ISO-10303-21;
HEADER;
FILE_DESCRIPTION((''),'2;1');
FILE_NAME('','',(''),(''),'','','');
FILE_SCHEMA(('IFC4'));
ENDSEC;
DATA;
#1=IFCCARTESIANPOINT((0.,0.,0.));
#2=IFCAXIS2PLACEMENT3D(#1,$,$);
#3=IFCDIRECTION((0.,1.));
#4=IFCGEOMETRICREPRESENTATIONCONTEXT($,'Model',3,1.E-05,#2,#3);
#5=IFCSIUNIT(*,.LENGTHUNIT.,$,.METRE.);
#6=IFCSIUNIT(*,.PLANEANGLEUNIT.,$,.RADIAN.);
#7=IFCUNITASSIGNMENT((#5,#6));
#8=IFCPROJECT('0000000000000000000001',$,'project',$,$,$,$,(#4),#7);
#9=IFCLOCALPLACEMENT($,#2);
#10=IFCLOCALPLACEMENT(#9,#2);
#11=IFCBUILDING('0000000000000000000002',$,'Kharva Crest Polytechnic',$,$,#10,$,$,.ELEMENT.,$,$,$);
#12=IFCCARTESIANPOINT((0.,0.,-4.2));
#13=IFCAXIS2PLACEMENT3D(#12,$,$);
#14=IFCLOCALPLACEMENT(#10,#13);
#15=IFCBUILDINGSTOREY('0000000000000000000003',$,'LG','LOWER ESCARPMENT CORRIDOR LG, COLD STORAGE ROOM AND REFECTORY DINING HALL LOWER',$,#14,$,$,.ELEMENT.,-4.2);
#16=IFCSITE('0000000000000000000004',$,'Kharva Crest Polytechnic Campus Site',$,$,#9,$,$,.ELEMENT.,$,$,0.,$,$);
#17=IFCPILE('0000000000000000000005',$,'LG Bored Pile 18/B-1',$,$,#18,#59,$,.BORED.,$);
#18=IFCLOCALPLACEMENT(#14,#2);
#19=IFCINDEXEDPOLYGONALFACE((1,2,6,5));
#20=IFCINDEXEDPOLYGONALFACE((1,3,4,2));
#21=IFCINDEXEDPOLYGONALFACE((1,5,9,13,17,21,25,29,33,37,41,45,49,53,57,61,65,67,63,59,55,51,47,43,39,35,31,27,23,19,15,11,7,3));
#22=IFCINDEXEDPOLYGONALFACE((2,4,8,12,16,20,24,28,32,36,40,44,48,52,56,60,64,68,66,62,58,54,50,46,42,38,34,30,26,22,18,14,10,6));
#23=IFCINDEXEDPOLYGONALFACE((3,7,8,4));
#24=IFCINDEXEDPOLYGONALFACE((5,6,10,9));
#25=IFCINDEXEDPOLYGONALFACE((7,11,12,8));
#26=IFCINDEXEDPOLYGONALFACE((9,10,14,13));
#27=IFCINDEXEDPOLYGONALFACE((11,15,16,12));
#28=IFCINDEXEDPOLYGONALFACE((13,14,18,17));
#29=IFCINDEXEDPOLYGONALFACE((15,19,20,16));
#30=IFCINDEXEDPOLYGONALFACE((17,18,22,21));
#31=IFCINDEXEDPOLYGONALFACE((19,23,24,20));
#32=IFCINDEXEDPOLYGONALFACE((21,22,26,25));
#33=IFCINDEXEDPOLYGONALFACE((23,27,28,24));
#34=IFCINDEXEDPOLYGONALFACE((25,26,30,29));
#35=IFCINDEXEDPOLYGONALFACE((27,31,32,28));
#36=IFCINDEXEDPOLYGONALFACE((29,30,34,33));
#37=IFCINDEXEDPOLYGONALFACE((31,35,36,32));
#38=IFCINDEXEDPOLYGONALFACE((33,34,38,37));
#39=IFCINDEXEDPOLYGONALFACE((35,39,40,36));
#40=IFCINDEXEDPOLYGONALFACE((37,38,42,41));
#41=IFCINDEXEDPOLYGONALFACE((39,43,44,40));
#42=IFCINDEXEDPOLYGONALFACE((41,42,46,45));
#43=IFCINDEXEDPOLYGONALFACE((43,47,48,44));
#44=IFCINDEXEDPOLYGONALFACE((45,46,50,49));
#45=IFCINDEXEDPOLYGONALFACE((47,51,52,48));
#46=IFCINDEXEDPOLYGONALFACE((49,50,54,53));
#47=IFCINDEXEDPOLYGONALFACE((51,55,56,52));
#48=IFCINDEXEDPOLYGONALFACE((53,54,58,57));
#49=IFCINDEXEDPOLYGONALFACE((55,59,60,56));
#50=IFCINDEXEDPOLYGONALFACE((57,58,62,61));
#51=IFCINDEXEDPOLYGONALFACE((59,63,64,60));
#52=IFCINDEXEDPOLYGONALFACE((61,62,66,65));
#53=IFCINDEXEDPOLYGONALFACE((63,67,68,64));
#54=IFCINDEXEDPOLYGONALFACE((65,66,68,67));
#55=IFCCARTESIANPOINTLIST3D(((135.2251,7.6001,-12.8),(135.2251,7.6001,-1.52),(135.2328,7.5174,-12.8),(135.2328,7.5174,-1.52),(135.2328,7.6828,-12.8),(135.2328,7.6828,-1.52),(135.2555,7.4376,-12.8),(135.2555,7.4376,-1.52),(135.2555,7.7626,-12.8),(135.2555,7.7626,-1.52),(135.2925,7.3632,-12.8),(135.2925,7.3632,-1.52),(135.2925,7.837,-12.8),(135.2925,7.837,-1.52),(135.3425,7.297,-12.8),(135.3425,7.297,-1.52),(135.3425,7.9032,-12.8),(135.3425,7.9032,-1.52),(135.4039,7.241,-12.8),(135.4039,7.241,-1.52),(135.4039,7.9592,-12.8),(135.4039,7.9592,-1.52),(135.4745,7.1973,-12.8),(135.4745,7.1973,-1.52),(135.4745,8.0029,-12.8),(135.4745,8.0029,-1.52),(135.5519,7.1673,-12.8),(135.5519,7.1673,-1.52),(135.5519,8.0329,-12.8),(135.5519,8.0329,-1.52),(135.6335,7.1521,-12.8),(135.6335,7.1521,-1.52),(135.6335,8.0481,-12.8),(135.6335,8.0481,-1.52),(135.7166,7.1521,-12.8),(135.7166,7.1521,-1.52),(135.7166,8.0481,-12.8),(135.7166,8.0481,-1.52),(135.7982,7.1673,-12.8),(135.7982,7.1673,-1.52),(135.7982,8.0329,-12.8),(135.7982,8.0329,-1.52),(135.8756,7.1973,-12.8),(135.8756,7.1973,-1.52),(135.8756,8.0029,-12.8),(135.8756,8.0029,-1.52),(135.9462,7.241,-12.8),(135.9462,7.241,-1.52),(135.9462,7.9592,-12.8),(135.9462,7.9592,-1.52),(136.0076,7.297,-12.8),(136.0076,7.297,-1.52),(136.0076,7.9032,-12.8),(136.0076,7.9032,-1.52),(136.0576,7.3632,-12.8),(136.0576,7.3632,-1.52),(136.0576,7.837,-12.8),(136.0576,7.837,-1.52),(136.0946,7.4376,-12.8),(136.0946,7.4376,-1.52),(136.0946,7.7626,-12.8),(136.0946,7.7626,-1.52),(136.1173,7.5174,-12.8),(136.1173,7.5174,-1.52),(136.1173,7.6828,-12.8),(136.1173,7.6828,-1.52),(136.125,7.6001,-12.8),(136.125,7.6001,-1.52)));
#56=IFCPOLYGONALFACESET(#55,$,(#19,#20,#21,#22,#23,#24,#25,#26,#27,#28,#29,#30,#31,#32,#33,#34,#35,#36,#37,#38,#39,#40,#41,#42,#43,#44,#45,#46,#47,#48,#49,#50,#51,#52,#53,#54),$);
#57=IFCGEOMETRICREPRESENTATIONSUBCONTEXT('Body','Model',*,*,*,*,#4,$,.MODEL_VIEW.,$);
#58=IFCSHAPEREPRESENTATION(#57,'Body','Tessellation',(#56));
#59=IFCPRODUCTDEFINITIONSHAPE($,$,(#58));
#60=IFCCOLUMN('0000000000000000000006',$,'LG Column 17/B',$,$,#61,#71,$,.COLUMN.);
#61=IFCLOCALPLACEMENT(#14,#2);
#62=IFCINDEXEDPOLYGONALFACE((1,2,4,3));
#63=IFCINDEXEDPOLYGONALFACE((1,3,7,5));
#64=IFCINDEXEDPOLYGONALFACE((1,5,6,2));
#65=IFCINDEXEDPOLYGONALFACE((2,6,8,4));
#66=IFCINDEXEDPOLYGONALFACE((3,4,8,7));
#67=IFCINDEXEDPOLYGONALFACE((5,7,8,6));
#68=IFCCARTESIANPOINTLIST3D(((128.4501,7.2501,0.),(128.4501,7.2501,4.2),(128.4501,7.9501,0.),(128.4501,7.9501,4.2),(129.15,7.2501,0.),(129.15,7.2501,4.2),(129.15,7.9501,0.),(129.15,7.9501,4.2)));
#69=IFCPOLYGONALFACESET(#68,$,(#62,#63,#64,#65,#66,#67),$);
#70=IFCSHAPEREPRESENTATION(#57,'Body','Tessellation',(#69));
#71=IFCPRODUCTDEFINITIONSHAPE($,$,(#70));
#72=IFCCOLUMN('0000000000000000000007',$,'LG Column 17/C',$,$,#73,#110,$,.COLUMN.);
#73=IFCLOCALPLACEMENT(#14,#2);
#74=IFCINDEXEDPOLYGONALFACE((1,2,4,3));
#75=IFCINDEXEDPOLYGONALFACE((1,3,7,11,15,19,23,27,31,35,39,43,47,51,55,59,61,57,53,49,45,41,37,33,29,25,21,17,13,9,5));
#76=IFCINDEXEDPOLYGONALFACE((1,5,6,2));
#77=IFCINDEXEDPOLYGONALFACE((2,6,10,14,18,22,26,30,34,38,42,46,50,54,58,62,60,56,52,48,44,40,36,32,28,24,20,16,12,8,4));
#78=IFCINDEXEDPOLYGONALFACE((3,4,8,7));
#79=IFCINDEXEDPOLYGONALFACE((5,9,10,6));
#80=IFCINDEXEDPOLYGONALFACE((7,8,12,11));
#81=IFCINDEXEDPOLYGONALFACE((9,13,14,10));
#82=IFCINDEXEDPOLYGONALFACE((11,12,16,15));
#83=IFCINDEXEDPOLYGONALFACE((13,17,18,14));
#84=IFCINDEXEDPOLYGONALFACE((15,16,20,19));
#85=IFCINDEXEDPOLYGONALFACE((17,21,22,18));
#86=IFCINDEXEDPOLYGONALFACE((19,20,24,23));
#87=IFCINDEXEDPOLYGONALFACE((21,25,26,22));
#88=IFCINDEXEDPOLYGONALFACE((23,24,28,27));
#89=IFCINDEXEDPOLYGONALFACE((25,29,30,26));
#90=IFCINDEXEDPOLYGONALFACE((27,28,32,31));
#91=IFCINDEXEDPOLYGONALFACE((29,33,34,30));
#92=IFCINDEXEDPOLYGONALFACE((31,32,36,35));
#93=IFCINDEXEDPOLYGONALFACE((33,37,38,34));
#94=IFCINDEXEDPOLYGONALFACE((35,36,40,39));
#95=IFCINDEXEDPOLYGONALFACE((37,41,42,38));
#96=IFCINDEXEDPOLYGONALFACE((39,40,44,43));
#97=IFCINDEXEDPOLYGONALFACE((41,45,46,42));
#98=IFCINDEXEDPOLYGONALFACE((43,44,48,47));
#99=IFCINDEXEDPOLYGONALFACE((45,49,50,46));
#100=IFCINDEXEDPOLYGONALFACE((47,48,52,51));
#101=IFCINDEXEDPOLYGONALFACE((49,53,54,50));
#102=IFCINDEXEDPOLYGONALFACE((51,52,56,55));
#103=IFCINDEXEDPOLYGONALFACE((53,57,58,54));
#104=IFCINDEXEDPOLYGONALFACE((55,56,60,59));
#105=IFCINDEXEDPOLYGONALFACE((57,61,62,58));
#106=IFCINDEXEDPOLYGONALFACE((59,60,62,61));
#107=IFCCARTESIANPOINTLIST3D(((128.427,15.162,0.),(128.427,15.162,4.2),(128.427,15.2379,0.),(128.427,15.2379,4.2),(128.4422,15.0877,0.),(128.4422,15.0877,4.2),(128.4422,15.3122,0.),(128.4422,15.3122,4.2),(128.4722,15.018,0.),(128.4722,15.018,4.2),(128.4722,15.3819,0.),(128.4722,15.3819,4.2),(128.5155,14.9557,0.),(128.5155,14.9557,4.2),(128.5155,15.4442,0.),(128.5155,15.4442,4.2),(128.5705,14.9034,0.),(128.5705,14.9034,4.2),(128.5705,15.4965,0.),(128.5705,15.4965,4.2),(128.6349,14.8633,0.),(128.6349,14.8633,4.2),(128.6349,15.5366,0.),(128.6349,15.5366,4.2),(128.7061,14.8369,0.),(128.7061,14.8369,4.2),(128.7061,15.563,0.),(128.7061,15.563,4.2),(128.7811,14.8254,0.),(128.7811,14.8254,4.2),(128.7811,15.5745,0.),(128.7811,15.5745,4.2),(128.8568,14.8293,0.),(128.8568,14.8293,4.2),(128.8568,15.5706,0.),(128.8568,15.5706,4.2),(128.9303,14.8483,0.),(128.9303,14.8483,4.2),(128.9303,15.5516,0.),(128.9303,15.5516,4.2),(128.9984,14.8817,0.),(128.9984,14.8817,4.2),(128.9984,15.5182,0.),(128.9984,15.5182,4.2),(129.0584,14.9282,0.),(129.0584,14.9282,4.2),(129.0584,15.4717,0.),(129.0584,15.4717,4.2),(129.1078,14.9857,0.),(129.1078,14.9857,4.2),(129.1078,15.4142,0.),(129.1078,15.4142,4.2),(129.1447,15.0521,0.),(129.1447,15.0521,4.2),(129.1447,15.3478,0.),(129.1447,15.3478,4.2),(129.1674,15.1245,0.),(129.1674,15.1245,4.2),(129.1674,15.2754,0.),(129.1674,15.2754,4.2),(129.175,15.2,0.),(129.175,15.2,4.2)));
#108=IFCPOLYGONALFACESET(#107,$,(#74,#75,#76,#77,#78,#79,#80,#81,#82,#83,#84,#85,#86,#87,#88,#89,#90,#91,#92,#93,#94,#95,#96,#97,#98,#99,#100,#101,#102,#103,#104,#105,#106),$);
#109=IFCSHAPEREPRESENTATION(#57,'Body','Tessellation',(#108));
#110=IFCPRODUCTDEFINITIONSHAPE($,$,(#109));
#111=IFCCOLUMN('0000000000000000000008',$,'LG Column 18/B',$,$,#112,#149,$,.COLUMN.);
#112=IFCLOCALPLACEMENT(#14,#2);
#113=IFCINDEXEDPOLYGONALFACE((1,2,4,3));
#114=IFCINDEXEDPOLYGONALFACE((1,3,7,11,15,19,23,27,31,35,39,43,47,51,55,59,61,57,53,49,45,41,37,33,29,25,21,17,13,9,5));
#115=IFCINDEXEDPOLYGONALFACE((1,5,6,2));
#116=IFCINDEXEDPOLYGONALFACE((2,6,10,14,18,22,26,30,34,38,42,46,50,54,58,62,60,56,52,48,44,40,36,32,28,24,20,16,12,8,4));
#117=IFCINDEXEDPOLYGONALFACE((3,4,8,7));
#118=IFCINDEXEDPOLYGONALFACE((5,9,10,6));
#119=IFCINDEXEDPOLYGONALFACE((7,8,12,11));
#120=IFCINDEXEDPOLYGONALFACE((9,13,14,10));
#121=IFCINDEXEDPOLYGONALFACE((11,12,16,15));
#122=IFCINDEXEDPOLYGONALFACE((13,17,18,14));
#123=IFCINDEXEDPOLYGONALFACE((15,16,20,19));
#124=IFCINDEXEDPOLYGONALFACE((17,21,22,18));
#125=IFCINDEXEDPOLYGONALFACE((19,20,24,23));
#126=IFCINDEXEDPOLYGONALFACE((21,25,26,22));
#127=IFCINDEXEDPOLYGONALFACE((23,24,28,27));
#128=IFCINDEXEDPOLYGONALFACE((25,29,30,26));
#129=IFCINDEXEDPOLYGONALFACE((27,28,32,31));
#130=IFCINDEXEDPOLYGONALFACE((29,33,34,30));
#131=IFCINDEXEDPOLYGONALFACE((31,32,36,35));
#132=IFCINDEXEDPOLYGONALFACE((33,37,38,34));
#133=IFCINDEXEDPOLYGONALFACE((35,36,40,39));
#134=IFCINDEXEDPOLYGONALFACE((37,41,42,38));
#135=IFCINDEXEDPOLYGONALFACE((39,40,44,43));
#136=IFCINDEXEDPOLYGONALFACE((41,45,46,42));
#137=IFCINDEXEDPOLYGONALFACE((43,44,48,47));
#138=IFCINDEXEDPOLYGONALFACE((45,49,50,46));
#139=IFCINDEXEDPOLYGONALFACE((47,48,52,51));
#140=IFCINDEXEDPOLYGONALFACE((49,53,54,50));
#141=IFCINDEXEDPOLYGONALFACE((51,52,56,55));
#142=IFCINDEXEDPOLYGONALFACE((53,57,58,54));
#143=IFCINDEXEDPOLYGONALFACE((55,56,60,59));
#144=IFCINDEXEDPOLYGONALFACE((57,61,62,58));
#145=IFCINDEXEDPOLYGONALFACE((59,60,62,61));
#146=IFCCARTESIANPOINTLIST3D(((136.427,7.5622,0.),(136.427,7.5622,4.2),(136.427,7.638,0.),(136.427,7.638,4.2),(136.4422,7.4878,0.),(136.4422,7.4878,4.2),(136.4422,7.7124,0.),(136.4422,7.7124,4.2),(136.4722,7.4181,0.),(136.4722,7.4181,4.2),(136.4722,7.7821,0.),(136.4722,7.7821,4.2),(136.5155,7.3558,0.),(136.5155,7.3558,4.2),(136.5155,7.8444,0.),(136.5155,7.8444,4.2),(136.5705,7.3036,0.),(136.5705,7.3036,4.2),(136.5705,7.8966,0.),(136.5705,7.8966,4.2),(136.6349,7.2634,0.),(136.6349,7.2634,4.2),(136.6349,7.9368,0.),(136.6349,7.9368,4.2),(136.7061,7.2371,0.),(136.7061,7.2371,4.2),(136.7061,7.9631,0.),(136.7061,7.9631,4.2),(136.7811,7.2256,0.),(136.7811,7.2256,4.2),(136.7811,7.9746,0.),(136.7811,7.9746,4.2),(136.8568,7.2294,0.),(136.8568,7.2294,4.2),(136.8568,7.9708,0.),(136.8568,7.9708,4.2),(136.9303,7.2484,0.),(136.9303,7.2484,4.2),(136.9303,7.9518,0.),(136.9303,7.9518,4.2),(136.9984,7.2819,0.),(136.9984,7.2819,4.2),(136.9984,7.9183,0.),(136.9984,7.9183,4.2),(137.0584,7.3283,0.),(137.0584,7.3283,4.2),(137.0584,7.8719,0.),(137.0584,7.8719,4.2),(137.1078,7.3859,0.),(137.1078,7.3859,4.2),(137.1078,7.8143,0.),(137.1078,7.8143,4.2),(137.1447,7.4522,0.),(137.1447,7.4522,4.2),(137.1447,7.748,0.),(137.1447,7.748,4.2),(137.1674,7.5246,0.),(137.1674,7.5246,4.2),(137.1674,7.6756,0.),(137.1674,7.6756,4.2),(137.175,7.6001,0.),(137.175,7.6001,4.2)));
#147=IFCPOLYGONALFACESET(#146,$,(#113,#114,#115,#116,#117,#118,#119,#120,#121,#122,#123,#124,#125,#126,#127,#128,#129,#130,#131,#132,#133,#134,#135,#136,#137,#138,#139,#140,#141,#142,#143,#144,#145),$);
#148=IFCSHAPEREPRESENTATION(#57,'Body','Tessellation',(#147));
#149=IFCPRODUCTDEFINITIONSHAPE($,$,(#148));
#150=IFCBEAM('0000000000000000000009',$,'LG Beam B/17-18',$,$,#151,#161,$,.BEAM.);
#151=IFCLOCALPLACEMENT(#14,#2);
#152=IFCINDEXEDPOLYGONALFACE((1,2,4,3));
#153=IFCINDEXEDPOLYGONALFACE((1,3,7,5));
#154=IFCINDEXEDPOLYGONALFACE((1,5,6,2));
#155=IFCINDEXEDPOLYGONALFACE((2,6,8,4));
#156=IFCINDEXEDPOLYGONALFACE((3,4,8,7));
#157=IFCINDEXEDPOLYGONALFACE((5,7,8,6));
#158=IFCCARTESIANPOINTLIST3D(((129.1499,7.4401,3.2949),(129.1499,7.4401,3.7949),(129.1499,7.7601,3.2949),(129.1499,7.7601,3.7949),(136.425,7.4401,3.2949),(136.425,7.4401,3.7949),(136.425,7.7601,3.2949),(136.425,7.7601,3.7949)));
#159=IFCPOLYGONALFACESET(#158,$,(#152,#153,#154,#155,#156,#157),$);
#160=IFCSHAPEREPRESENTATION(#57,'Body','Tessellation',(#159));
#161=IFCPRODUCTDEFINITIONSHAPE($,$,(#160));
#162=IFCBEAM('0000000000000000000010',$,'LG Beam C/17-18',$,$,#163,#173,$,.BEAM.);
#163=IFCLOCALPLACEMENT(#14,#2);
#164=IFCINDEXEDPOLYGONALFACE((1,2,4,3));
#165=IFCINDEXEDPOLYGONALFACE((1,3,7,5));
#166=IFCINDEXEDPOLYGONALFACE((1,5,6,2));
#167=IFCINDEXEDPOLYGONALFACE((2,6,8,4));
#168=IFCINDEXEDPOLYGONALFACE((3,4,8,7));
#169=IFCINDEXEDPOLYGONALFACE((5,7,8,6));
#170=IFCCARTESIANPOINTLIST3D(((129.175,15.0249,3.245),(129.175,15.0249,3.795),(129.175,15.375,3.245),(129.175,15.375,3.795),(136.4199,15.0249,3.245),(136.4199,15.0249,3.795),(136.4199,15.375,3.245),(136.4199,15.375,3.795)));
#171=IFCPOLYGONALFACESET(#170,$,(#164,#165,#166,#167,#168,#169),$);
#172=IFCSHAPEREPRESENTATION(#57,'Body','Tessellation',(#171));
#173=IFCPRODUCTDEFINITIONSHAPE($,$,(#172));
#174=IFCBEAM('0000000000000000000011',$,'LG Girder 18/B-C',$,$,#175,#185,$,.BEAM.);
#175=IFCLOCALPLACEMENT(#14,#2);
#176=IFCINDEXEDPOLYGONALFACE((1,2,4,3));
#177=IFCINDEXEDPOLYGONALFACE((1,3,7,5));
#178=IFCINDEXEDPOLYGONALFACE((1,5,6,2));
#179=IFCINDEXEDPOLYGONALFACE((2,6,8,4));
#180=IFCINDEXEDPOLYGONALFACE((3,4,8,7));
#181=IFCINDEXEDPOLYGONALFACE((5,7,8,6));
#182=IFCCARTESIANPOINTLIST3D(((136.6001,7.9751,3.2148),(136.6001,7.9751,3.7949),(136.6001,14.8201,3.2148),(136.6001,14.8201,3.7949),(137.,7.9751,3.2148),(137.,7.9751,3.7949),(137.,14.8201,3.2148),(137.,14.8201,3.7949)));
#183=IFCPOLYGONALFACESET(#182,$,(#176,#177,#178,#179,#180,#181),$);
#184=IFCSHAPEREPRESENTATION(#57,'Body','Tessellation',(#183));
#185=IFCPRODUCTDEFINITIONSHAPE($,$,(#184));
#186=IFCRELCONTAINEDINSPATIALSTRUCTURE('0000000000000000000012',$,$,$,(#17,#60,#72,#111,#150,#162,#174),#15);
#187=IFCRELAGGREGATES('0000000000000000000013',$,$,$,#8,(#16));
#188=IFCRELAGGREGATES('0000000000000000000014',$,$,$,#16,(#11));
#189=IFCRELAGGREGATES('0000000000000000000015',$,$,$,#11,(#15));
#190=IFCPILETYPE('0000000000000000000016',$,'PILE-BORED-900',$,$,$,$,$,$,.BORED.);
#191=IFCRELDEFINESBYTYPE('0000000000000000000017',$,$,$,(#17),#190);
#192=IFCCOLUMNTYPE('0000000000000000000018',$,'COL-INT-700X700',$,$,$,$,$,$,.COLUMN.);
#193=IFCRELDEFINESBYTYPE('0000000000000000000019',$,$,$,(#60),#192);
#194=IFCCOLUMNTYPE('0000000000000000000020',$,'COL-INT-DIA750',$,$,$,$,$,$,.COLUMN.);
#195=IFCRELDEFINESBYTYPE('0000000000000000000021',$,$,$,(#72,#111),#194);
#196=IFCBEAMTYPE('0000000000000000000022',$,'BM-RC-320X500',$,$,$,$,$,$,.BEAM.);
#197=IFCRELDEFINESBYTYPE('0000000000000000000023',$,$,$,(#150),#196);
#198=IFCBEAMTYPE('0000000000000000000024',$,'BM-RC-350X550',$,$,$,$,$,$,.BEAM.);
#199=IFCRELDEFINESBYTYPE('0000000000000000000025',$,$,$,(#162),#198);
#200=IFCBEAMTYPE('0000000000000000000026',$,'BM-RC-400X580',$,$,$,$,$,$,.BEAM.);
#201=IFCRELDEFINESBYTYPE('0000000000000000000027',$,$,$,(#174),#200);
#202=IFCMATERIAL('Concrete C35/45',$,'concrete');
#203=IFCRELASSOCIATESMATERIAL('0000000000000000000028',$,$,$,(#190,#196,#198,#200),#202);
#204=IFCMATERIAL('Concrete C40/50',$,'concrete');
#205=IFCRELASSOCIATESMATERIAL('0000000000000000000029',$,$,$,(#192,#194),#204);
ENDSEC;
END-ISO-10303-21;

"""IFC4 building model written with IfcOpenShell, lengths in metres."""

from ifc_helpers import new_model, si_unit, direction, frame, origin, origin_2d, place, context, subcontext, project, spatial, rectangle, circle, extrude, material, material_profile, profile_set, type_object, element, save


model = new_model("IFC4")

# Units and contexts
model_context = context("Model", 3, precision=1e-05, world=origin(), true_north=direction((0.0, 1.0)))
body_context = subcontext(model_context, "Body", "Model", "MODEL_VIEW")
ifc_project = project(units=[si_unit("LENGTHUNIT", "METRE"), si_unit("PLANEANGLEUNIT", "RADIAN")], contexts=[model_context])

# Site, building, storey
site_placement = place(None, origin())
site = spatial("IfcSite", under=ifc_project, at=site_placement, Name="Kharva Crest Polytechnic Campus Site", CompositionType="ELEMENT", RefElevation=0.0)
building_placement = place(site_placement, origin())
building = spatial("IfcBuilding", under=site, at=building_placement, Name="Kharva Crest Polytechnic", CompositionType="ELEMENT")
storey_placement = place(building_placement, frame((0.0, 0.0, -4.2)))
storey = spatial("IfcBuildingStorey", under=building, at=storey_placement, Name="LG", Description="LOWER ESCARPMENT CORRIDOR LG, COLD STORAGE ROOM AND REFECTORY DINING HALL LOWER", CompositionType="ELEMENT", Elevation=-4.2)

# Shared definitions
ifc_material_1 = material(Name="Concrete C35/45", Category="concrete")

# Pile
ifc_material_profile_1 = material_profile(ifc_material_1, circle(Radius=0.45, at=origin_2d()), Name="DIA 900")
ifc_profile_set_1 = profile_set([ifc_material_profile_1], Name="Concrete C35/45")
pile_type_1 = type_object("IfcPileType", Name="PILE-BORED-900", PredefinedType="BORED", material=ifc_profile_set_1)
for number, where, z_axis, x_axis, name in (
    (1, (135.675, 7.6001, -1.52), (0.0, 0.0, -1.0), (1.0, 0.0, 0.0), "LG Bored Pile 18/B-1"),
):
    element("IfcPile", number, at=place(storey_placement, frame(where, z_axis=z_axis, x_axis=x_axis)), inside=storey, type_object=pile_type_1, Name=name, PredefinedType="BORED", context=body_context, shape_type="SweptSolid", body=[
        extrude(circle(Radius=0.45, at=origin_2d()), origin(), (0.0, 0.0, 1.0), 11.28),
    ])

# Columns
ifc_material_2 = material(Name="Concrete C40/50", Category="concrete")
ifc_material_profile_2 = material_profile(ifc_material_2, rectangle(XDim=0.7, YDim=0.7, at=origin_2d()), Name="RECT 700 X 700")
ifc_profile_set_2 = profile_set([ifc_material_profile_2], Name="Concrete C40/50")
column_type_1 = type_object("IfcColumnType", Name="COL-INT-700X700", PredefinedType="COLUMN", material=ifc_profile_set_2)
column_placement = place(storey_placement, frame((128.8, 7.6001, 0.0), z_axis=(0.0, 0.0, 1.0), x_axis=(1.0, 0.0, 0.0)))
element("IfcColumn", 2, at=column_placement, inside=storey, type_object=column_type_1, Name="LG Column 17/B", PredefinedType="COLUMN", context=body_context, shape_type="SweptSolid", body=[
    extrude(rectangle(XDim=0.7, YDim=0.7, at=origin_2d()), origin(), (0.0, 0.0, 1.0), 4.2),
])
ifc_material_profile_3 = material_profile(ifc_material_2, circle(Radius=0.375, at=origin_2d()), Name="DIA 750")
ifc_profile_set_3 = profile_set([ifc_material_profile_3], Name="Concrete C40/50")
column_type_2 = type_object("IfcColumnType", Name="COL-INT-DIA750", PredefinedType="COLUMN", material=ifc_profile_set_3)
for number, where, z_axis, x_axis, name in (
    (3, (128.8, 15.2, 0.0), (0.0, 0.0, 1.0), (1.0, 0.0, 0.0), "LG Column 17/C"),
    (4, (136.8, 7.6001, 0.0), (0.0, 0.0, 1.0), (1.0, 0.0, 0.0), "LG Column 18/B"),
):
    element("IfcColumn", number, at=place(storey_placement, frame(where, z_axis=z_axis, x_axis=x_axis)), inside=storey, type_object=column_type_2, Name=name, PredefinedType="COLUMN", context=body_context, shape_type="SweptSolid", body=[
        extrude(circle(Radius=0.375, at=origin_2d()), origin(), (0.0, 0.0, 1.0), 4.2),
    ])

# Beams
ifc_material_profile_4 = material_profile(ifc_material_1, rectangle(XDim=0.3201, YDim=0.5, at=origin_2d()), Name="RECT 320 X 500")
ifc_profile_set_4 = profile_set([ifc_material_profile_4], Name="Concrete C35/45")
beam_type_1 = type_object("IfcBeamType", Name="BM-RC-320X500", PredefinedType="BEAM", material=ifc_profile_set_4)
beam_1_placement = place(storey_placement, frame((129.1499, 7.6001, 3.5449), z_axis=(1.0, 0.0, 0.0), x_axis=(0.0, 1.0, 0.0)))
element("IfcBeam", 5, at=beam_1_placement, inside=storey, type_object=beam_type_1, Name="LG Beam B/17-18", PredefinedType="BEAM", context=body_context, shape_type="SweptSolid", body=[
    extrude(rectangle(XDim=0.3201, YDim=0.5, at=origin_2d()), origin(), (0.0, 0.0, 1.0), 7.2751),
])
ifc_material_profile_5 = material_profile(ifc_material_1, rectangle(XDim=0.3501, YDim=0.55, at=origin_2d()), Name="RECT 350 X 550")
ifc_profile_set_5 = profile_set([ifc_material_profile_5], Name="Concrete C35/45")
beam_type_2 = type_object("IfcBeamType", Name="BM-RC-350X550", PredefinedType="BEAM", material=ifc_profile_set_5)
beam_2_placement = place(storey_placement, frame((129.175, 15.2, 3.52), z_axis=(1.0, 0.0, 0.0), x_axis=(0.0, 1.0, 0.0)))
element("IfcBeam", 6, at=beam_2_placement, inside=storey, type_object=beam_type_2, Name="LG Beam C/17-18", PredefinedType="BEAM", context=body_context, shape_type="SweptSolid", body=[
    extrude(rectangle(XDim=0.3501, YDim=0.55, at=origin_2d()), origin(), (0.0, 0.0, 1.0), 7.2449),
])
ifc_material_profile_6 = material_profile(ifc_material_1, rectangle(XDim=0.3999, YDim=0.5801, at=origin_2d()), Name="RECT 400 X 580")
ifc_profile_set_6 = profile_set([ifc_material_profile_6], Name="Concrete C35/45")
beam_type_3 = type_object("IfcBeamType", Name="BM-RC-400X580", PredefinedType="BEAM", material=ifc_profile_set_6)
beam_3_placement = place(storey_placement, frame((136.8, 7.9751, 3.5049), z_axis=(0.0, 1.0, 0.0), x_axis=(-1.0, 0.0, 0.0)))
element("IfcBeam", 7, at=beam_3_placement, inside=storey, type_object=beam_type_3, Name="LG Girder 18/B-C", PredefinedType="BEAM", context=body_context, shape_type="SweptSolid", body=[
    extrude(rectangle(XDim=0.3999, YDim=0.5801, at=origin_2d()), origin(), (0.0, 0.0, 1.0), 6.845),
])

save(model, "model.ifc")
